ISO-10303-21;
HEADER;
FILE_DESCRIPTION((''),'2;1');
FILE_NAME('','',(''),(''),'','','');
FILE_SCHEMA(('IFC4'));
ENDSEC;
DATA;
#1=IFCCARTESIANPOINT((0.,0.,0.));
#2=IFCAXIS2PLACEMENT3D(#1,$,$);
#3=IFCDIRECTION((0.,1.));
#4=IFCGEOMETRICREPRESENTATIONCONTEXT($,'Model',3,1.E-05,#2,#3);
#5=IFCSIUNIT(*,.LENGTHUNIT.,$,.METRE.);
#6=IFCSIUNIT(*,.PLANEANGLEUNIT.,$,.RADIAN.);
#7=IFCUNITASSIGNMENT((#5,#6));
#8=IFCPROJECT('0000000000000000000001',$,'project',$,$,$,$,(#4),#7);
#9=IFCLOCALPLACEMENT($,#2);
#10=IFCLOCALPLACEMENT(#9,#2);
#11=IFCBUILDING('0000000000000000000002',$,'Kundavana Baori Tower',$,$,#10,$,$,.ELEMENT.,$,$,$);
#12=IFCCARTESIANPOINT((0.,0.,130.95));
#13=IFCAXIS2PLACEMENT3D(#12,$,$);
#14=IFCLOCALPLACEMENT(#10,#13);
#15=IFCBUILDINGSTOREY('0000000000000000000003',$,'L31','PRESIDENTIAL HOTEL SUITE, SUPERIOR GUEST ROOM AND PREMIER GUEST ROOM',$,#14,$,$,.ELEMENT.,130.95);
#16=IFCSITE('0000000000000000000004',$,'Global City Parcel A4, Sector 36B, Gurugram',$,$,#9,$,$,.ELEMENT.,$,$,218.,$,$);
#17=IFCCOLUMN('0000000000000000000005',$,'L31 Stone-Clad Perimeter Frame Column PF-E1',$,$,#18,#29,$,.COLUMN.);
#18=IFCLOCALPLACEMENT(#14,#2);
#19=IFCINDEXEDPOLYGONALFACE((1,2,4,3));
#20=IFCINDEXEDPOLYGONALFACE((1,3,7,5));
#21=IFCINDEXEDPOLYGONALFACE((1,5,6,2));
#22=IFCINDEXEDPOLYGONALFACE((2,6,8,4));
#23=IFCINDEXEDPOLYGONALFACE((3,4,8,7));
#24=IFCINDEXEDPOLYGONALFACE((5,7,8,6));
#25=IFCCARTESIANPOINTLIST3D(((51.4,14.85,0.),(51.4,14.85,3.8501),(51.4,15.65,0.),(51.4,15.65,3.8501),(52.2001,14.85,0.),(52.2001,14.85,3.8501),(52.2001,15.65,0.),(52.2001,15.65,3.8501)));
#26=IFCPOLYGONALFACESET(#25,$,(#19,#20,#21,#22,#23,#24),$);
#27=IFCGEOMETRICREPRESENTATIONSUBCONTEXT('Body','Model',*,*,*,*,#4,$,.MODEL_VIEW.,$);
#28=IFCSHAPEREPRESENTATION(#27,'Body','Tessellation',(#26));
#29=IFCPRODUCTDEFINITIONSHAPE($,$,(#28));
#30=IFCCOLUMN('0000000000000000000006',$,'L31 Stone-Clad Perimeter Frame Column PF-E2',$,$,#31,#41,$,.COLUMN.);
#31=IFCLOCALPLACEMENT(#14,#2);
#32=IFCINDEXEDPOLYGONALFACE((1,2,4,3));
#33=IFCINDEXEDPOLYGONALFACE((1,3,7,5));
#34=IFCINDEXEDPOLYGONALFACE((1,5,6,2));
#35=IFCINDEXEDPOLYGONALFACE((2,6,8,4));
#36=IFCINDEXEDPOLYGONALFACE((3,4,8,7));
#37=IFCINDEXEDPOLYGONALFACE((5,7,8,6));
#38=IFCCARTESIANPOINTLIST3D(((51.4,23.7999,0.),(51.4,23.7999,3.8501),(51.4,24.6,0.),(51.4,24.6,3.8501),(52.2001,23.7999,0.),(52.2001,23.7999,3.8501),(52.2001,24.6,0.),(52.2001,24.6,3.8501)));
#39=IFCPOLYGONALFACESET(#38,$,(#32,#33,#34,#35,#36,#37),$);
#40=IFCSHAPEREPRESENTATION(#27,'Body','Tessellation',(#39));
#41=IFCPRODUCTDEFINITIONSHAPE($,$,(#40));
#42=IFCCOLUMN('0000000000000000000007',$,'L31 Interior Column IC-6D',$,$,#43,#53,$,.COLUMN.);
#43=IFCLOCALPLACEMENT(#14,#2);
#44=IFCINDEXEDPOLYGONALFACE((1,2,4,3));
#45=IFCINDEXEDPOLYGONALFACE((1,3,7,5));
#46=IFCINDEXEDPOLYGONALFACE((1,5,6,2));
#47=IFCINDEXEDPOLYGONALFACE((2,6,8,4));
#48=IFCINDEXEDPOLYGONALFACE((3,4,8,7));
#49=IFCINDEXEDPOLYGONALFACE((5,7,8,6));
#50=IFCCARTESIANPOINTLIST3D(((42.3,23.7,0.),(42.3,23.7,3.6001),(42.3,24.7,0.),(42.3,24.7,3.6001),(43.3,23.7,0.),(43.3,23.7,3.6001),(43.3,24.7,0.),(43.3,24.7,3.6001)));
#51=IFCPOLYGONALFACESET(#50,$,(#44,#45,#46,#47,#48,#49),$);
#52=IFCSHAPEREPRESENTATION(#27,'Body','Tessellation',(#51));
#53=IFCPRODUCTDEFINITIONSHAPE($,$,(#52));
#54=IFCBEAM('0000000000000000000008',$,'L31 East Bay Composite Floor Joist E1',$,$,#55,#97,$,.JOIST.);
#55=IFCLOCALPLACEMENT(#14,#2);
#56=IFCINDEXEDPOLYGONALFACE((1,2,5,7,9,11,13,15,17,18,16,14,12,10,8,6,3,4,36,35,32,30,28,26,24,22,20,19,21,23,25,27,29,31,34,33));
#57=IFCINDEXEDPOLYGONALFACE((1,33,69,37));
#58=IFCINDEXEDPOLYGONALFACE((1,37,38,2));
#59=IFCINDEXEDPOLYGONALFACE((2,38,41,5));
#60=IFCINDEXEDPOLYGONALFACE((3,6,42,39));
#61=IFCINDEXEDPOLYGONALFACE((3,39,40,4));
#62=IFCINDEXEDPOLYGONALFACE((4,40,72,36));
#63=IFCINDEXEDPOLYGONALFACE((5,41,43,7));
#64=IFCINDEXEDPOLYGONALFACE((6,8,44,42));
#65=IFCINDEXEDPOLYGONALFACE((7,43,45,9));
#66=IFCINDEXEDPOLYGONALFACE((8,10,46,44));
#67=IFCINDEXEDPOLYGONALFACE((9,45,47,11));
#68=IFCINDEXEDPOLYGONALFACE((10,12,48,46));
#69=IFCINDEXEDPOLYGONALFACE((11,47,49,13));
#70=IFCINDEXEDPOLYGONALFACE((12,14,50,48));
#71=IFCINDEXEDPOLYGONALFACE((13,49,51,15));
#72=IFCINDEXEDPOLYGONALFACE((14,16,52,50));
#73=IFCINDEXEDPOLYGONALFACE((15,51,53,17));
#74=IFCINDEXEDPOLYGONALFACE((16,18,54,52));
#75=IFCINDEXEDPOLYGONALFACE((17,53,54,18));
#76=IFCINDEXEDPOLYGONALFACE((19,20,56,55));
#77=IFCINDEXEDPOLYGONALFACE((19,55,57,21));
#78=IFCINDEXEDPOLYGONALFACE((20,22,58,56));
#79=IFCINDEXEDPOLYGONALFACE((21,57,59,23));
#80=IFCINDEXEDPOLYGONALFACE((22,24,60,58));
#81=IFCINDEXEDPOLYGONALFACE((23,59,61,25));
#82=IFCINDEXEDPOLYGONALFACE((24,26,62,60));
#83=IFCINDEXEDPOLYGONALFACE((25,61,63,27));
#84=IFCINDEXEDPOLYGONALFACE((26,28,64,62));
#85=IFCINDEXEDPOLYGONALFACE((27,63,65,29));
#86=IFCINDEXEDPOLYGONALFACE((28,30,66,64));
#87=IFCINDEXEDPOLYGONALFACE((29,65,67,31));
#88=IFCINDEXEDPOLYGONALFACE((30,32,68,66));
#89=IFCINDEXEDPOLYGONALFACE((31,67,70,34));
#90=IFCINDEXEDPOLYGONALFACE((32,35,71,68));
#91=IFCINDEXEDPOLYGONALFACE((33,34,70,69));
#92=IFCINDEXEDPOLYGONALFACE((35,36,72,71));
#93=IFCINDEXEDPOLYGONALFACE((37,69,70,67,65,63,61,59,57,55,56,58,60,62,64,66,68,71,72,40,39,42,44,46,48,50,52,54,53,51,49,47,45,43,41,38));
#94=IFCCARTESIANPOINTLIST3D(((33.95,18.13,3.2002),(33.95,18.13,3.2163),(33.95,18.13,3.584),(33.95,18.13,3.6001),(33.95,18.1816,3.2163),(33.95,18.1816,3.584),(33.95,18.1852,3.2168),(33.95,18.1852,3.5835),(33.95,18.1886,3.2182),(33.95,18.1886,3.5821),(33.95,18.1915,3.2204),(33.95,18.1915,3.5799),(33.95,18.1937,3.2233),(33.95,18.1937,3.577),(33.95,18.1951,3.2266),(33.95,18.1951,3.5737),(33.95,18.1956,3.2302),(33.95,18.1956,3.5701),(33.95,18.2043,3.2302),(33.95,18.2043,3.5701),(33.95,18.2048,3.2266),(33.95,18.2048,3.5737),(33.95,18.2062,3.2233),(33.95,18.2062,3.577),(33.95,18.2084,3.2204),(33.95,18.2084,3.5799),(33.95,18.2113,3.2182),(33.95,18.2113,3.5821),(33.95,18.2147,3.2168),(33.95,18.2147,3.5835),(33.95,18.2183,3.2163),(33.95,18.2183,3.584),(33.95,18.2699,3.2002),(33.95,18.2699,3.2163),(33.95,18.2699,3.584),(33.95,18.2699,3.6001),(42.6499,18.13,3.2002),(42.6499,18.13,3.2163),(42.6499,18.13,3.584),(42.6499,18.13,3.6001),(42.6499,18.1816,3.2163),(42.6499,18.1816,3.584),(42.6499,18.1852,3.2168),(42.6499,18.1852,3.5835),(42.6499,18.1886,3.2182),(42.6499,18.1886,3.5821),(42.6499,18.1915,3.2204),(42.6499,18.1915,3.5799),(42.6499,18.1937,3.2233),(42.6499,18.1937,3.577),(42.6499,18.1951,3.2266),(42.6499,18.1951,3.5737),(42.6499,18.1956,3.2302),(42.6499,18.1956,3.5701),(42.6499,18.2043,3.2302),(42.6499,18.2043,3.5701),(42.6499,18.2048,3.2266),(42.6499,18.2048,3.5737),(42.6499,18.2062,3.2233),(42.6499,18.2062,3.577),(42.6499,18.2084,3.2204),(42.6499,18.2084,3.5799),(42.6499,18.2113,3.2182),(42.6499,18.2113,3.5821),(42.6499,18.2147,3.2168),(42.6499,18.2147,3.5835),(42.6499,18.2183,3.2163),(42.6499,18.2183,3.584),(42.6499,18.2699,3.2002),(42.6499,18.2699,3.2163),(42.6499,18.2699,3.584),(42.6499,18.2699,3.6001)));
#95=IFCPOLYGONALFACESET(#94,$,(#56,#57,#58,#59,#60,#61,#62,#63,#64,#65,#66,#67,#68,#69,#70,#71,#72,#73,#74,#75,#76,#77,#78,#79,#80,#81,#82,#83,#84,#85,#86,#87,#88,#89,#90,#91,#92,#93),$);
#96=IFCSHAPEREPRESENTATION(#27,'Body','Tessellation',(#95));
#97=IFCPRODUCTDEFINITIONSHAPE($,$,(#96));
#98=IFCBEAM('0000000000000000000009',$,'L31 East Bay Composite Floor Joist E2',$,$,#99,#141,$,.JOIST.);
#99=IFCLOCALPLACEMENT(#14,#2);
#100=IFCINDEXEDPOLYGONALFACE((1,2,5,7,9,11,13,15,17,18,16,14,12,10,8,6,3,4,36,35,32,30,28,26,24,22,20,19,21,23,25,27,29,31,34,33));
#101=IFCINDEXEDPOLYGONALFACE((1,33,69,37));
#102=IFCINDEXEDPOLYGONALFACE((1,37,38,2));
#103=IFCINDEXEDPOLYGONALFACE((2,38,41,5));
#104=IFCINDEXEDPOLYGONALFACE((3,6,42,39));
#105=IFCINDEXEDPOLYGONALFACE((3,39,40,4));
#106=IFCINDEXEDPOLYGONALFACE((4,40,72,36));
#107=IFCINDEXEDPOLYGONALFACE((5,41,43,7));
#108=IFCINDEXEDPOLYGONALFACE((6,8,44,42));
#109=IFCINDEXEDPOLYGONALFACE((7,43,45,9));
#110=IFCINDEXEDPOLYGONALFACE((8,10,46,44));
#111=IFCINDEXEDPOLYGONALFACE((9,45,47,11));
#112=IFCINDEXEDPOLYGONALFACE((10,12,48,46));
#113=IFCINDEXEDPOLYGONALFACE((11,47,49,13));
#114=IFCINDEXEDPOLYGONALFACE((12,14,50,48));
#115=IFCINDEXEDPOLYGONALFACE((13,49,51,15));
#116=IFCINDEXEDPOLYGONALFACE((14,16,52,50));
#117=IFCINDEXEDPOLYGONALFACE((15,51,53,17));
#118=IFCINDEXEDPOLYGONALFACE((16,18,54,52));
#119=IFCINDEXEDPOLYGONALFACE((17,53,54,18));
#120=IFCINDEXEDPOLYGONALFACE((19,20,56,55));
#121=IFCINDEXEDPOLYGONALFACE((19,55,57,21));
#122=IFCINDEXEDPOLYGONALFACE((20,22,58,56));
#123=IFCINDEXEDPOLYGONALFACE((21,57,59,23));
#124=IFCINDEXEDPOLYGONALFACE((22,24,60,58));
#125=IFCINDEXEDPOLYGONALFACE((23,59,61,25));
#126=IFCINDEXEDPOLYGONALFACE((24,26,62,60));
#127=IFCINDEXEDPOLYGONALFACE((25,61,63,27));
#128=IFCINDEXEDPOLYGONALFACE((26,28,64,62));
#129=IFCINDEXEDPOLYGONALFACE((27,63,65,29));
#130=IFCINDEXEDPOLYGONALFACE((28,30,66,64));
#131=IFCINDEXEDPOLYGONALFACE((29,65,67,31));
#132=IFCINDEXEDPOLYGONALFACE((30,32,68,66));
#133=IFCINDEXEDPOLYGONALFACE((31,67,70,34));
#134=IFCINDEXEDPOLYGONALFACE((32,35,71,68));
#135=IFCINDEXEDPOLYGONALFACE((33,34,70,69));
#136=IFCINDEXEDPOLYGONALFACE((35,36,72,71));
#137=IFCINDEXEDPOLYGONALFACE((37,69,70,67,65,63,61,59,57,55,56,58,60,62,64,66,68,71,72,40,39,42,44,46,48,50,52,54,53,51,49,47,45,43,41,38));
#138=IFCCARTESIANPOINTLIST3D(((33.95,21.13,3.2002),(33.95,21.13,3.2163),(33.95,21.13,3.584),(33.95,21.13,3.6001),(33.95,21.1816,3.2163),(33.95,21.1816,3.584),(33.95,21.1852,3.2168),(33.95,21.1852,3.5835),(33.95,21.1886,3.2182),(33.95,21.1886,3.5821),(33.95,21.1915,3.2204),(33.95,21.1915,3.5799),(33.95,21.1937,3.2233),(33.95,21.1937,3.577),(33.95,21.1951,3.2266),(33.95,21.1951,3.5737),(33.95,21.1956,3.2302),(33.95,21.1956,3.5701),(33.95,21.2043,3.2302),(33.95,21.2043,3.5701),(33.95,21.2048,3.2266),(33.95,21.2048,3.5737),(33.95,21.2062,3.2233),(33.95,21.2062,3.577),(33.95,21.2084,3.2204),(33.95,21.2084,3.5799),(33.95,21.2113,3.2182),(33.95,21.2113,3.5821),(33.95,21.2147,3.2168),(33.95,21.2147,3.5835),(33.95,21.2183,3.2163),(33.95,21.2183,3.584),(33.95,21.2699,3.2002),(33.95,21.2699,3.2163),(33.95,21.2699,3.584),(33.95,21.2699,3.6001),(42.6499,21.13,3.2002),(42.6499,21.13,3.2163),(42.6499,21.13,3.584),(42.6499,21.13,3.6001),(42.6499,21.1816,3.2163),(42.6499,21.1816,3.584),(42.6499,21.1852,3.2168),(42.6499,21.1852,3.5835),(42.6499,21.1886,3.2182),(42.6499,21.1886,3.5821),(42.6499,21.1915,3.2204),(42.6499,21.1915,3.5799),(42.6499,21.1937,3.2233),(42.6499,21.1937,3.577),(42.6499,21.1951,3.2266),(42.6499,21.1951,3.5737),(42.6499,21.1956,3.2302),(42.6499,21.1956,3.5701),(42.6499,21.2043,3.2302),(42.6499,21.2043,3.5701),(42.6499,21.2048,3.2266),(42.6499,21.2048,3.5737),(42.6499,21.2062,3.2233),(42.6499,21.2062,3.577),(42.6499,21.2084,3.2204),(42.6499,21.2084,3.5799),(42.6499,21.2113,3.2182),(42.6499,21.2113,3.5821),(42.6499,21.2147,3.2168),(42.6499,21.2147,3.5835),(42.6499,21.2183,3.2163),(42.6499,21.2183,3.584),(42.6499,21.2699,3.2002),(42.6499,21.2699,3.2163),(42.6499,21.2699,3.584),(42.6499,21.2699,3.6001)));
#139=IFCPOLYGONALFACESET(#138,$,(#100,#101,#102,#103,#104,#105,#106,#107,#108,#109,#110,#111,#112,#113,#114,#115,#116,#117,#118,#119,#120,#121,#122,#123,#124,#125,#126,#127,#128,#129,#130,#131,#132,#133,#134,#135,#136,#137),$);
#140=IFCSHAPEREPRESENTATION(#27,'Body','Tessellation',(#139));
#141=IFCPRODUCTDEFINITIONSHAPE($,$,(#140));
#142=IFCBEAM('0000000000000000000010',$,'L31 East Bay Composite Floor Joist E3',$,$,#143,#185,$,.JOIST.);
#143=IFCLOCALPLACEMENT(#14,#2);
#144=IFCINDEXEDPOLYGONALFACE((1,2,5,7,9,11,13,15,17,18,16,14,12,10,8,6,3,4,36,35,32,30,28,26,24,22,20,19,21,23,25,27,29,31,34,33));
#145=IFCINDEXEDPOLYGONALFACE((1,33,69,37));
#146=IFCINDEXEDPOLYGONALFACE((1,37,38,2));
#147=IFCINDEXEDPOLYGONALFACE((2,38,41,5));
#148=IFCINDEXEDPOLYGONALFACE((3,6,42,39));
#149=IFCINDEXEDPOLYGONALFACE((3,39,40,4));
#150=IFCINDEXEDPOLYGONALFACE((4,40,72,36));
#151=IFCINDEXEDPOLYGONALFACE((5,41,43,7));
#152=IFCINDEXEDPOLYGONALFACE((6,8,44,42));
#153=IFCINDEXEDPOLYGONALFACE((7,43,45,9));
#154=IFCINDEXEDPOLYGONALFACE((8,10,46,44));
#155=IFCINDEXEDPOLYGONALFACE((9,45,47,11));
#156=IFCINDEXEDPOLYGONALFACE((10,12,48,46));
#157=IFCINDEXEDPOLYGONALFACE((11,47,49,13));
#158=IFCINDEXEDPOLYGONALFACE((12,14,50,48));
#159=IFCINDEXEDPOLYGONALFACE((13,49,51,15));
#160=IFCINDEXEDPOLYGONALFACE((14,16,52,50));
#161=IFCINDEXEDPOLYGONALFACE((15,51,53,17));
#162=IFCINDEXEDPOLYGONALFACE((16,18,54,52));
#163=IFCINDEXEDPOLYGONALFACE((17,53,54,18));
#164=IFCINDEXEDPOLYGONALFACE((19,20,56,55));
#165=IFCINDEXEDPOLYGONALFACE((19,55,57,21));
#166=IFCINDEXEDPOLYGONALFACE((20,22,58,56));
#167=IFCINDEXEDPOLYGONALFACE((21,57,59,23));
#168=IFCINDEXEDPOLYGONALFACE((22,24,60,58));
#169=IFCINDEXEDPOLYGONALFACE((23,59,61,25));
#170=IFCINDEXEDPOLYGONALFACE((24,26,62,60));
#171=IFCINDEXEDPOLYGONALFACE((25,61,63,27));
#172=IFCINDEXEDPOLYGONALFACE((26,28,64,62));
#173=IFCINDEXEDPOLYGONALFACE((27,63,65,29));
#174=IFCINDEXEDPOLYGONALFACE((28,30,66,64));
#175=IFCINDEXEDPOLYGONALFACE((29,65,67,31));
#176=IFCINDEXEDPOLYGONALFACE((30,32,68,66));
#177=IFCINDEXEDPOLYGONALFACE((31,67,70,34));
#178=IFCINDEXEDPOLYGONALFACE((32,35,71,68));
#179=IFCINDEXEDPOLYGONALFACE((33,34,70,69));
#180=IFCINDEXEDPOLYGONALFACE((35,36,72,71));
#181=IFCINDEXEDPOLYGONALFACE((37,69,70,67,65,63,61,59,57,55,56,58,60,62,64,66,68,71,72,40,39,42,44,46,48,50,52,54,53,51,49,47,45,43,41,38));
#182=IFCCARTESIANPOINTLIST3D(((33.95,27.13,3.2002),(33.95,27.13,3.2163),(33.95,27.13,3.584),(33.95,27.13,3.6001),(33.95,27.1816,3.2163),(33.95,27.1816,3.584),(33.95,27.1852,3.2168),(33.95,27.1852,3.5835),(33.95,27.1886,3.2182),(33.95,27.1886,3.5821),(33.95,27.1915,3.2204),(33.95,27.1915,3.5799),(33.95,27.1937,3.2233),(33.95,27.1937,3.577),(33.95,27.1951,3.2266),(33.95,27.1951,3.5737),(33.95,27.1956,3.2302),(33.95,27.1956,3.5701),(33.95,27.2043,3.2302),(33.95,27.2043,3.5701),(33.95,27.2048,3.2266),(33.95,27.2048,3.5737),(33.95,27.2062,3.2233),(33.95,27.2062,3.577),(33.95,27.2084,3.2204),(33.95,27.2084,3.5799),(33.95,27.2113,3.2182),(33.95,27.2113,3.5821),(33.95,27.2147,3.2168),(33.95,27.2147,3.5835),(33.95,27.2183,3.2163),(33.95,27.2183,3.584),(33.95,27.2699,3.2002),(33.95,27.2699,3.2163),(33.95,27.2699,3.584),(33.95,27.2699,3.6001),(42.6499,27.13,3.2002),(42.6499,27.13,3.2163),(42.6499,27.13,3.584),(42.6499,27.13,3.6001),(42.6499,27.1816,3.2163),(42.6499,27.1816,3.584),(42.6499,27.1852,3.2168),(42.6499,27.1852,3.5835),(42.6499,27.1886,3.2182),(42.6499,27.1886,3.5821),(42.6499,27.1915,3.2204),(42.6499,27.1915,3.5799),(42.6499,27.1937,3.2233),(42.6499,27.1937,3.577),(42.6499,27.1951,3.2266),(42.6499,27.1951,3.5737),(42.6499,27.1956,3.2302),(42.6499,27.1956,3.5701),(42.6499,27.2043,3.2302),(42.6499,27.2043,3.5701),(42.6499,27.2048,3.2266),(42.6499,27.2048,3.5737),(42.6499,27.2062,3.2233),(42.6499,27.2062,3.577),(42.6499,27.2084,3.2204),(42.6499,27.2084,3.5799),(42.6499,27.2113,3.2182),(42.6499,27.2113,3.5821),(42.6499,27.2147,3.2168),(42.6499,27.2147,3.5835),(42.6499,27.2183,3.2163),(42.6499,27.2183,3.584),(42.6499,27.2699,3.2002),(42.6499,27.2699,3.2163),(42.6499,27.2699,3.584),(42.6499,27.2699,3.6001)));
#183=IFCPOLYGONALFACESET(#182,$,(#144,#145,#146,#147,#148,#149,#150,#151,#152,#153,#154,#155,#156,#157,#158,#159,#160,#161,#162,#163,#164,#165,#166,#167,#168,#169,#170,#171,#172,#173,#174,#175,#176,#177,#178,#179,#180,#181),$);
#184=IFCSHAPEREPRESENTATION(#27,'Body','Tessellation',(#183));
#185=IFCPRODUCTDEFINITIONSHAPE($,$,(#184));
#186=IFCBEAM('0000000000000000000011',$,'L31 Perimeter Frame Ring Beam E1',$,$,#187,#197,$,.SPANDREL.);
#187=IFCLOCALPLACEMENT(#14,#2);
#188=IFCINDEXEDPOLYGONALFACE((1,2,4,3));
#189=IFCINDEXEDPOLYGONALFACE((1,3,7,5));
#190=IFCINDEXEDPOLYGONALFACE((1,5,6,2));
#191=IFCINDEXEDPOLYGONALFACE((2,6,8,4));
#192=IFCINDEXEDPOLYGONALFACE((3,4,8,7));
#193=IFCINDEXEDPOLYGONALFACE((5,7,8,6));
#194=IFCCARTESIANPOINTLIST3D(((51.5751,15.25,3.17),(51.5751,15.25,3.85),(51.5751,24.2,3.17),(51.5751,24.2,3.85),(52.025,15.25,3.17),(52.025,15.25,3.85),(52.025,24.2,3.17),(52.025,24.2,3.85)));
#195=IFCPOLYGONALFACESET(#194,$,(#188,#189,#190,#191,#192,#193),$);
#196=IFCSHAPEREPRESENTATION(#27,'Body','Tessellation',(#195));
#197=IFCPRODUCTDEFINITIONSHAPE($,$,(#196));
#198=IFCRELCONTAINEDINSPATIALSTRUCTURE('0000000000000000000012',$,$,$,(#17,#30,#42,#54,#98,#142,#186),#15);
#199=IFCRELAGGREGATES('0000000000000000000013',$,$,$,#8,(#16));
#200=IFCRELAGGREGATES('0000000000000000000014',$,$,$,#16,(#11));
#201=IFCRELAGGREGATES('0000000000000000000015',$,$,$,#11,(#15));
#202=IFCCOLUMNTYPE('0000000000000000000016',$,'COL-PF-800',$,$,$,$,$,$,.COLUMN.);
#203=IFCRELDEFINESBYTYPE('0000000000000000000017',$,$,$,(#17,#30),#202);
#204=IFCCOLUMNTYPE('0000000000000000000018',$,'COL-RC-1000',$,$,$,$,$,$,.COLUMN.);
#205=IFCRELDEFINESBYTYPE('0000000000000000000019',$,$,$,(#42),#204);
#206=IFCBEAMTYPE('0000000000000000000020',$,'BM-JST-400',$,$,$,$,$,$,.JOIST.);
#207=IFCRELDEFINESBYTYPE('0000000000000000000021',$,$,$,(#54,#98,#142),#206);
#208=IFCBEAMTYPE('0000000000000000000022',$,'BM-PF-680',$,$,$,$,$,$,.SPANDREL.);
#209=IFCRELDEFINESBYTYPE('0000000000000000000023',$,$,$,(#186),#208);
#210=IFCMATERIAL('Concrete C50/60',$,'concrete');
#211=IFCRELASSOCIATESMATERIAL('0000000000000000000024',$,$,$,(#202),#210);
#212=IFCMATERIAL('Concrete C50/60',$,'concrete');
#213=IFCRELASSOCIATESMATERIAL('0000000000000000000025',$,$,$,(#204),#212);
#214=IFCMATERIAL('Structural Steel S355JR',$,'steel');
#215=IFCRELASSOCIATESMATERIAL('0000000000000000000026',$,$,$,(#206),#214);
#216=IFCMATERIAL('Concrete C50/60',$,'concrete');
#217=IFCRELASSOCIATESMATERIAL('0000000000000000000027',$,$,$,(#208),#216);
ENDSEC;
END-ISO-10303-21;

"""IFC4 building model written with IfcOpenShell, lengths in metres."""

from ifc_helpers import new_model, si_unit, direction, frame, origin, origin_2d, place, context, subcontext, project, spatial, rectangle, i_section, extrude, material, material_profile, profile_set, type_object, element, save


model = new_model("IFC4")

# Units and contexts
model_context = context("Model", 3, precision=1e-05, world=origin(), true_north=direction((0.0, 1.0)))
body_context = subcontext(model_context, "Body", "Model", "MODEL_VIEW")
ifc_project = project(units=[si_unit("LENGTHUNIT", "METRE"), si_unit("PLANEANGLEUNIT", "RADIAN")], contexts=[model_context])

# Site, building, storey
site_placement = place(None, origin())
site = spatial("IfcSite", under=ifc_project, at=site_placement, Name="Global City Parcel A4, Sector 36B, Gurugram", CompositionType="ELEMENT", RefElevation=218.0)
building_placement = place(site_placement, origin())
building = spatial("IfcBuilding", under=site, at=building_placement, Name="Kundavana Baori Tower", CompositionType="ELEMENT")
storey_placement = place(building_placement, frame((0.0, 0.0, 130.95)))
storey = spatial("IfcBuildingStorey", under=building, at=storey_placement, Name="L31", Description="PRESIDENTIAL HOTEL SUITE, SUPERIOR GUEST ROOM AND PREMIER GUEST ROOM", CompositionType="ELEMENT", Elevation=130.95)

# Columns
ifc_material_1 = material(Name="Concrete C50/60", Category="concrete")
ifc_material_profile_1 = material_profile(ifc_material_1, rectangle(XDim=0.8, YDim=0.8, at=origin_2d()), Name="RC PF 800x800")
ifc_profile_set_1 = profile_set([ifc_material_profile_1], Name="Concrete C50/60")
column_type_1 = type_object("IfcColumnType", Name="COL-PF-800", PredefinedType="COLUMN", material=ifc_profile_set_1)
for number, where, z_axis, x_axis, name in (
    (1, (51.8, 15.25, 0.0), (0.0, 0.0, 1.0), (1.0, 0.0, 0.0), "L31 Stone-Clad Perimeter Frame Column PF-E1"),
    (2, (51.8, 24.2, 0.0), (0.0, 0.0, 1.0), (1.0, 0.0, 0.0), "L31 Stone-Clad Perimeter Frame Column PF-E2"),
):
    element("IfcColumn", number, at=place(storey_placement, frame(where, z_axis=z_axis, x_axis=x_axis)), inside=storey, type_object=column_type_1, Name=name, PredefinedType="COLUMN", context=body_context, shape_type="SweptSolid", body=[
        extrude(rectangle(XDim=0.8, YDim=0.8, at=origin_2d()), origin(), (0.0, 0.0, 1.0), 3.8501),
    ])
ifc_material_2 = material(Name="Concrete C50/60", Category="concrete")
ifc_material_profile_2 = material_profile(ifc_material_2, rectangle(XDim=1.0, YDim=1.0, at=origin_2d()), Name="RC 1000x1000")
ifc_profile_set_2 = profile_set([ifc_material_profile_2], Name="Concrete C50/60")
column_type_2 = type_object("IfcColumnType", Name="COL-RC-1000", PredefinedType="COLUMN", material=ifc_profile_set_2)
column_placement = place(storey_placement, frame((42.8, 24.2, 0.0), z_axis=(0.0, 0.0, 1.0), x_axis=(1.0, 0.0, 0.0)))
element("IfcColumn", 3, at=column_placement, inside=storey, type_object=column_type_2, Name="L31 Interior Column IC-6D", PredefinedType="COLUMN", context=body_context, shape_type="SweptSolid", body=[
    extrude(rectangle(XDim=1.0, YDim=1.0, at=origin_2d()), origin(), (0.0, 0.0, 1.0), 3.6001),
])

# Beams
ifc_material_3 = material(Name="Structural Steel S355JR", Category="steel")
ifc_material_profile_3 = material_profile(ifc_material_3, i_section(OverallWidth=0.1399, OverallDepth=0.3999, WebThickness=0.0088, FlangeThickness=0.0161, FilletRadius=0.0139, at=origin_2d()), Name="ISMB 400")
ifc_profile_set_3 = profile_set([ifc_material_profile_3], Name="Structural Steel S355JR")
beam_type_1 = type_object("IfcBeamType", Name="BM-JST-400", PredefinedType="JOIST", material=ifc_profile_set_3)
for number, where, z_axis, x_axis, name in (
    (4, (33.95, 18.2, 3.4001), (1.0, 0.0, 0.0), (0.0, 1.0, 0.0), "L31 East Bay Composite Floor Joist E1"),
    (5, (33.95, 21.2, 3.4001), (1.0, 0.0, 0.0), (0.0, 1.0, 0.0), "L31 East Bay Composite Floor Joist E2"),
    (6, (33.95, 27.2, 3.4001), (1.0, 0.0, 0.0), (0.0, 1.0, 0.0), "L31 East Bay Composite Floor Joist E3"),
):
    element("IfcBeam", number, at=place(storey_placement, frame(where, z_axis=z_axis, x_axis=x_axis)), inside=storey, type_object=beam_type_1, Name=name, PredefinedType="JOIST", context=body_context, shape_type="SweptSolid", body=[
        extrude(i_section(OverallWidth=0.1399, OverallDepth=0.3999, WebThickness=0.0088, FlangeThickness=0.0161, FilletRadius=0.0139, at=origin_2d()), origin(), (0.0, 0.0, 1.0), 8.7),
    ])
ifc_material_4 = material(Name="Concrete C50/60", Category="concrete")
ifc_material_profile_4 = material_profile(ifc_material_4, rectangle(XDim=0.45, YDim=0.6799, at=origin_2d()), Name="RC BM 450x680")
ifc_profile_set_4 = profile_set([ifc_material_profile_4], Name="Concrete C50/60")
beam_type_2 = type_object("IfcBeamType", Name="BM-PF-680", PredefinedType="SPANDREL", material=ifc_profile_set_4)
beam_1_placement = place(storey_placement, frame((51.8, 15.25, 3.51), z_axis=(0.0, 1.0, 0.0), x_axis=(-1.0, 0.0, 0.0)))
element("IfcBeam", 7, at=beam_1_placement, inside=storey, type_object=beam_type_2, Name="L31 Perimeter Frame Ring Beam E1", PredefinedType="SPANDREL", context=body_context, shape_type="SweptSolid", body=[
    extrude(rectangle(XDim=0.45, YDim=0.6799, at=origin_2d()), origin(), (0.0, 0.0, 1.0), 8.95),
])

save(model, "model.ifc")
